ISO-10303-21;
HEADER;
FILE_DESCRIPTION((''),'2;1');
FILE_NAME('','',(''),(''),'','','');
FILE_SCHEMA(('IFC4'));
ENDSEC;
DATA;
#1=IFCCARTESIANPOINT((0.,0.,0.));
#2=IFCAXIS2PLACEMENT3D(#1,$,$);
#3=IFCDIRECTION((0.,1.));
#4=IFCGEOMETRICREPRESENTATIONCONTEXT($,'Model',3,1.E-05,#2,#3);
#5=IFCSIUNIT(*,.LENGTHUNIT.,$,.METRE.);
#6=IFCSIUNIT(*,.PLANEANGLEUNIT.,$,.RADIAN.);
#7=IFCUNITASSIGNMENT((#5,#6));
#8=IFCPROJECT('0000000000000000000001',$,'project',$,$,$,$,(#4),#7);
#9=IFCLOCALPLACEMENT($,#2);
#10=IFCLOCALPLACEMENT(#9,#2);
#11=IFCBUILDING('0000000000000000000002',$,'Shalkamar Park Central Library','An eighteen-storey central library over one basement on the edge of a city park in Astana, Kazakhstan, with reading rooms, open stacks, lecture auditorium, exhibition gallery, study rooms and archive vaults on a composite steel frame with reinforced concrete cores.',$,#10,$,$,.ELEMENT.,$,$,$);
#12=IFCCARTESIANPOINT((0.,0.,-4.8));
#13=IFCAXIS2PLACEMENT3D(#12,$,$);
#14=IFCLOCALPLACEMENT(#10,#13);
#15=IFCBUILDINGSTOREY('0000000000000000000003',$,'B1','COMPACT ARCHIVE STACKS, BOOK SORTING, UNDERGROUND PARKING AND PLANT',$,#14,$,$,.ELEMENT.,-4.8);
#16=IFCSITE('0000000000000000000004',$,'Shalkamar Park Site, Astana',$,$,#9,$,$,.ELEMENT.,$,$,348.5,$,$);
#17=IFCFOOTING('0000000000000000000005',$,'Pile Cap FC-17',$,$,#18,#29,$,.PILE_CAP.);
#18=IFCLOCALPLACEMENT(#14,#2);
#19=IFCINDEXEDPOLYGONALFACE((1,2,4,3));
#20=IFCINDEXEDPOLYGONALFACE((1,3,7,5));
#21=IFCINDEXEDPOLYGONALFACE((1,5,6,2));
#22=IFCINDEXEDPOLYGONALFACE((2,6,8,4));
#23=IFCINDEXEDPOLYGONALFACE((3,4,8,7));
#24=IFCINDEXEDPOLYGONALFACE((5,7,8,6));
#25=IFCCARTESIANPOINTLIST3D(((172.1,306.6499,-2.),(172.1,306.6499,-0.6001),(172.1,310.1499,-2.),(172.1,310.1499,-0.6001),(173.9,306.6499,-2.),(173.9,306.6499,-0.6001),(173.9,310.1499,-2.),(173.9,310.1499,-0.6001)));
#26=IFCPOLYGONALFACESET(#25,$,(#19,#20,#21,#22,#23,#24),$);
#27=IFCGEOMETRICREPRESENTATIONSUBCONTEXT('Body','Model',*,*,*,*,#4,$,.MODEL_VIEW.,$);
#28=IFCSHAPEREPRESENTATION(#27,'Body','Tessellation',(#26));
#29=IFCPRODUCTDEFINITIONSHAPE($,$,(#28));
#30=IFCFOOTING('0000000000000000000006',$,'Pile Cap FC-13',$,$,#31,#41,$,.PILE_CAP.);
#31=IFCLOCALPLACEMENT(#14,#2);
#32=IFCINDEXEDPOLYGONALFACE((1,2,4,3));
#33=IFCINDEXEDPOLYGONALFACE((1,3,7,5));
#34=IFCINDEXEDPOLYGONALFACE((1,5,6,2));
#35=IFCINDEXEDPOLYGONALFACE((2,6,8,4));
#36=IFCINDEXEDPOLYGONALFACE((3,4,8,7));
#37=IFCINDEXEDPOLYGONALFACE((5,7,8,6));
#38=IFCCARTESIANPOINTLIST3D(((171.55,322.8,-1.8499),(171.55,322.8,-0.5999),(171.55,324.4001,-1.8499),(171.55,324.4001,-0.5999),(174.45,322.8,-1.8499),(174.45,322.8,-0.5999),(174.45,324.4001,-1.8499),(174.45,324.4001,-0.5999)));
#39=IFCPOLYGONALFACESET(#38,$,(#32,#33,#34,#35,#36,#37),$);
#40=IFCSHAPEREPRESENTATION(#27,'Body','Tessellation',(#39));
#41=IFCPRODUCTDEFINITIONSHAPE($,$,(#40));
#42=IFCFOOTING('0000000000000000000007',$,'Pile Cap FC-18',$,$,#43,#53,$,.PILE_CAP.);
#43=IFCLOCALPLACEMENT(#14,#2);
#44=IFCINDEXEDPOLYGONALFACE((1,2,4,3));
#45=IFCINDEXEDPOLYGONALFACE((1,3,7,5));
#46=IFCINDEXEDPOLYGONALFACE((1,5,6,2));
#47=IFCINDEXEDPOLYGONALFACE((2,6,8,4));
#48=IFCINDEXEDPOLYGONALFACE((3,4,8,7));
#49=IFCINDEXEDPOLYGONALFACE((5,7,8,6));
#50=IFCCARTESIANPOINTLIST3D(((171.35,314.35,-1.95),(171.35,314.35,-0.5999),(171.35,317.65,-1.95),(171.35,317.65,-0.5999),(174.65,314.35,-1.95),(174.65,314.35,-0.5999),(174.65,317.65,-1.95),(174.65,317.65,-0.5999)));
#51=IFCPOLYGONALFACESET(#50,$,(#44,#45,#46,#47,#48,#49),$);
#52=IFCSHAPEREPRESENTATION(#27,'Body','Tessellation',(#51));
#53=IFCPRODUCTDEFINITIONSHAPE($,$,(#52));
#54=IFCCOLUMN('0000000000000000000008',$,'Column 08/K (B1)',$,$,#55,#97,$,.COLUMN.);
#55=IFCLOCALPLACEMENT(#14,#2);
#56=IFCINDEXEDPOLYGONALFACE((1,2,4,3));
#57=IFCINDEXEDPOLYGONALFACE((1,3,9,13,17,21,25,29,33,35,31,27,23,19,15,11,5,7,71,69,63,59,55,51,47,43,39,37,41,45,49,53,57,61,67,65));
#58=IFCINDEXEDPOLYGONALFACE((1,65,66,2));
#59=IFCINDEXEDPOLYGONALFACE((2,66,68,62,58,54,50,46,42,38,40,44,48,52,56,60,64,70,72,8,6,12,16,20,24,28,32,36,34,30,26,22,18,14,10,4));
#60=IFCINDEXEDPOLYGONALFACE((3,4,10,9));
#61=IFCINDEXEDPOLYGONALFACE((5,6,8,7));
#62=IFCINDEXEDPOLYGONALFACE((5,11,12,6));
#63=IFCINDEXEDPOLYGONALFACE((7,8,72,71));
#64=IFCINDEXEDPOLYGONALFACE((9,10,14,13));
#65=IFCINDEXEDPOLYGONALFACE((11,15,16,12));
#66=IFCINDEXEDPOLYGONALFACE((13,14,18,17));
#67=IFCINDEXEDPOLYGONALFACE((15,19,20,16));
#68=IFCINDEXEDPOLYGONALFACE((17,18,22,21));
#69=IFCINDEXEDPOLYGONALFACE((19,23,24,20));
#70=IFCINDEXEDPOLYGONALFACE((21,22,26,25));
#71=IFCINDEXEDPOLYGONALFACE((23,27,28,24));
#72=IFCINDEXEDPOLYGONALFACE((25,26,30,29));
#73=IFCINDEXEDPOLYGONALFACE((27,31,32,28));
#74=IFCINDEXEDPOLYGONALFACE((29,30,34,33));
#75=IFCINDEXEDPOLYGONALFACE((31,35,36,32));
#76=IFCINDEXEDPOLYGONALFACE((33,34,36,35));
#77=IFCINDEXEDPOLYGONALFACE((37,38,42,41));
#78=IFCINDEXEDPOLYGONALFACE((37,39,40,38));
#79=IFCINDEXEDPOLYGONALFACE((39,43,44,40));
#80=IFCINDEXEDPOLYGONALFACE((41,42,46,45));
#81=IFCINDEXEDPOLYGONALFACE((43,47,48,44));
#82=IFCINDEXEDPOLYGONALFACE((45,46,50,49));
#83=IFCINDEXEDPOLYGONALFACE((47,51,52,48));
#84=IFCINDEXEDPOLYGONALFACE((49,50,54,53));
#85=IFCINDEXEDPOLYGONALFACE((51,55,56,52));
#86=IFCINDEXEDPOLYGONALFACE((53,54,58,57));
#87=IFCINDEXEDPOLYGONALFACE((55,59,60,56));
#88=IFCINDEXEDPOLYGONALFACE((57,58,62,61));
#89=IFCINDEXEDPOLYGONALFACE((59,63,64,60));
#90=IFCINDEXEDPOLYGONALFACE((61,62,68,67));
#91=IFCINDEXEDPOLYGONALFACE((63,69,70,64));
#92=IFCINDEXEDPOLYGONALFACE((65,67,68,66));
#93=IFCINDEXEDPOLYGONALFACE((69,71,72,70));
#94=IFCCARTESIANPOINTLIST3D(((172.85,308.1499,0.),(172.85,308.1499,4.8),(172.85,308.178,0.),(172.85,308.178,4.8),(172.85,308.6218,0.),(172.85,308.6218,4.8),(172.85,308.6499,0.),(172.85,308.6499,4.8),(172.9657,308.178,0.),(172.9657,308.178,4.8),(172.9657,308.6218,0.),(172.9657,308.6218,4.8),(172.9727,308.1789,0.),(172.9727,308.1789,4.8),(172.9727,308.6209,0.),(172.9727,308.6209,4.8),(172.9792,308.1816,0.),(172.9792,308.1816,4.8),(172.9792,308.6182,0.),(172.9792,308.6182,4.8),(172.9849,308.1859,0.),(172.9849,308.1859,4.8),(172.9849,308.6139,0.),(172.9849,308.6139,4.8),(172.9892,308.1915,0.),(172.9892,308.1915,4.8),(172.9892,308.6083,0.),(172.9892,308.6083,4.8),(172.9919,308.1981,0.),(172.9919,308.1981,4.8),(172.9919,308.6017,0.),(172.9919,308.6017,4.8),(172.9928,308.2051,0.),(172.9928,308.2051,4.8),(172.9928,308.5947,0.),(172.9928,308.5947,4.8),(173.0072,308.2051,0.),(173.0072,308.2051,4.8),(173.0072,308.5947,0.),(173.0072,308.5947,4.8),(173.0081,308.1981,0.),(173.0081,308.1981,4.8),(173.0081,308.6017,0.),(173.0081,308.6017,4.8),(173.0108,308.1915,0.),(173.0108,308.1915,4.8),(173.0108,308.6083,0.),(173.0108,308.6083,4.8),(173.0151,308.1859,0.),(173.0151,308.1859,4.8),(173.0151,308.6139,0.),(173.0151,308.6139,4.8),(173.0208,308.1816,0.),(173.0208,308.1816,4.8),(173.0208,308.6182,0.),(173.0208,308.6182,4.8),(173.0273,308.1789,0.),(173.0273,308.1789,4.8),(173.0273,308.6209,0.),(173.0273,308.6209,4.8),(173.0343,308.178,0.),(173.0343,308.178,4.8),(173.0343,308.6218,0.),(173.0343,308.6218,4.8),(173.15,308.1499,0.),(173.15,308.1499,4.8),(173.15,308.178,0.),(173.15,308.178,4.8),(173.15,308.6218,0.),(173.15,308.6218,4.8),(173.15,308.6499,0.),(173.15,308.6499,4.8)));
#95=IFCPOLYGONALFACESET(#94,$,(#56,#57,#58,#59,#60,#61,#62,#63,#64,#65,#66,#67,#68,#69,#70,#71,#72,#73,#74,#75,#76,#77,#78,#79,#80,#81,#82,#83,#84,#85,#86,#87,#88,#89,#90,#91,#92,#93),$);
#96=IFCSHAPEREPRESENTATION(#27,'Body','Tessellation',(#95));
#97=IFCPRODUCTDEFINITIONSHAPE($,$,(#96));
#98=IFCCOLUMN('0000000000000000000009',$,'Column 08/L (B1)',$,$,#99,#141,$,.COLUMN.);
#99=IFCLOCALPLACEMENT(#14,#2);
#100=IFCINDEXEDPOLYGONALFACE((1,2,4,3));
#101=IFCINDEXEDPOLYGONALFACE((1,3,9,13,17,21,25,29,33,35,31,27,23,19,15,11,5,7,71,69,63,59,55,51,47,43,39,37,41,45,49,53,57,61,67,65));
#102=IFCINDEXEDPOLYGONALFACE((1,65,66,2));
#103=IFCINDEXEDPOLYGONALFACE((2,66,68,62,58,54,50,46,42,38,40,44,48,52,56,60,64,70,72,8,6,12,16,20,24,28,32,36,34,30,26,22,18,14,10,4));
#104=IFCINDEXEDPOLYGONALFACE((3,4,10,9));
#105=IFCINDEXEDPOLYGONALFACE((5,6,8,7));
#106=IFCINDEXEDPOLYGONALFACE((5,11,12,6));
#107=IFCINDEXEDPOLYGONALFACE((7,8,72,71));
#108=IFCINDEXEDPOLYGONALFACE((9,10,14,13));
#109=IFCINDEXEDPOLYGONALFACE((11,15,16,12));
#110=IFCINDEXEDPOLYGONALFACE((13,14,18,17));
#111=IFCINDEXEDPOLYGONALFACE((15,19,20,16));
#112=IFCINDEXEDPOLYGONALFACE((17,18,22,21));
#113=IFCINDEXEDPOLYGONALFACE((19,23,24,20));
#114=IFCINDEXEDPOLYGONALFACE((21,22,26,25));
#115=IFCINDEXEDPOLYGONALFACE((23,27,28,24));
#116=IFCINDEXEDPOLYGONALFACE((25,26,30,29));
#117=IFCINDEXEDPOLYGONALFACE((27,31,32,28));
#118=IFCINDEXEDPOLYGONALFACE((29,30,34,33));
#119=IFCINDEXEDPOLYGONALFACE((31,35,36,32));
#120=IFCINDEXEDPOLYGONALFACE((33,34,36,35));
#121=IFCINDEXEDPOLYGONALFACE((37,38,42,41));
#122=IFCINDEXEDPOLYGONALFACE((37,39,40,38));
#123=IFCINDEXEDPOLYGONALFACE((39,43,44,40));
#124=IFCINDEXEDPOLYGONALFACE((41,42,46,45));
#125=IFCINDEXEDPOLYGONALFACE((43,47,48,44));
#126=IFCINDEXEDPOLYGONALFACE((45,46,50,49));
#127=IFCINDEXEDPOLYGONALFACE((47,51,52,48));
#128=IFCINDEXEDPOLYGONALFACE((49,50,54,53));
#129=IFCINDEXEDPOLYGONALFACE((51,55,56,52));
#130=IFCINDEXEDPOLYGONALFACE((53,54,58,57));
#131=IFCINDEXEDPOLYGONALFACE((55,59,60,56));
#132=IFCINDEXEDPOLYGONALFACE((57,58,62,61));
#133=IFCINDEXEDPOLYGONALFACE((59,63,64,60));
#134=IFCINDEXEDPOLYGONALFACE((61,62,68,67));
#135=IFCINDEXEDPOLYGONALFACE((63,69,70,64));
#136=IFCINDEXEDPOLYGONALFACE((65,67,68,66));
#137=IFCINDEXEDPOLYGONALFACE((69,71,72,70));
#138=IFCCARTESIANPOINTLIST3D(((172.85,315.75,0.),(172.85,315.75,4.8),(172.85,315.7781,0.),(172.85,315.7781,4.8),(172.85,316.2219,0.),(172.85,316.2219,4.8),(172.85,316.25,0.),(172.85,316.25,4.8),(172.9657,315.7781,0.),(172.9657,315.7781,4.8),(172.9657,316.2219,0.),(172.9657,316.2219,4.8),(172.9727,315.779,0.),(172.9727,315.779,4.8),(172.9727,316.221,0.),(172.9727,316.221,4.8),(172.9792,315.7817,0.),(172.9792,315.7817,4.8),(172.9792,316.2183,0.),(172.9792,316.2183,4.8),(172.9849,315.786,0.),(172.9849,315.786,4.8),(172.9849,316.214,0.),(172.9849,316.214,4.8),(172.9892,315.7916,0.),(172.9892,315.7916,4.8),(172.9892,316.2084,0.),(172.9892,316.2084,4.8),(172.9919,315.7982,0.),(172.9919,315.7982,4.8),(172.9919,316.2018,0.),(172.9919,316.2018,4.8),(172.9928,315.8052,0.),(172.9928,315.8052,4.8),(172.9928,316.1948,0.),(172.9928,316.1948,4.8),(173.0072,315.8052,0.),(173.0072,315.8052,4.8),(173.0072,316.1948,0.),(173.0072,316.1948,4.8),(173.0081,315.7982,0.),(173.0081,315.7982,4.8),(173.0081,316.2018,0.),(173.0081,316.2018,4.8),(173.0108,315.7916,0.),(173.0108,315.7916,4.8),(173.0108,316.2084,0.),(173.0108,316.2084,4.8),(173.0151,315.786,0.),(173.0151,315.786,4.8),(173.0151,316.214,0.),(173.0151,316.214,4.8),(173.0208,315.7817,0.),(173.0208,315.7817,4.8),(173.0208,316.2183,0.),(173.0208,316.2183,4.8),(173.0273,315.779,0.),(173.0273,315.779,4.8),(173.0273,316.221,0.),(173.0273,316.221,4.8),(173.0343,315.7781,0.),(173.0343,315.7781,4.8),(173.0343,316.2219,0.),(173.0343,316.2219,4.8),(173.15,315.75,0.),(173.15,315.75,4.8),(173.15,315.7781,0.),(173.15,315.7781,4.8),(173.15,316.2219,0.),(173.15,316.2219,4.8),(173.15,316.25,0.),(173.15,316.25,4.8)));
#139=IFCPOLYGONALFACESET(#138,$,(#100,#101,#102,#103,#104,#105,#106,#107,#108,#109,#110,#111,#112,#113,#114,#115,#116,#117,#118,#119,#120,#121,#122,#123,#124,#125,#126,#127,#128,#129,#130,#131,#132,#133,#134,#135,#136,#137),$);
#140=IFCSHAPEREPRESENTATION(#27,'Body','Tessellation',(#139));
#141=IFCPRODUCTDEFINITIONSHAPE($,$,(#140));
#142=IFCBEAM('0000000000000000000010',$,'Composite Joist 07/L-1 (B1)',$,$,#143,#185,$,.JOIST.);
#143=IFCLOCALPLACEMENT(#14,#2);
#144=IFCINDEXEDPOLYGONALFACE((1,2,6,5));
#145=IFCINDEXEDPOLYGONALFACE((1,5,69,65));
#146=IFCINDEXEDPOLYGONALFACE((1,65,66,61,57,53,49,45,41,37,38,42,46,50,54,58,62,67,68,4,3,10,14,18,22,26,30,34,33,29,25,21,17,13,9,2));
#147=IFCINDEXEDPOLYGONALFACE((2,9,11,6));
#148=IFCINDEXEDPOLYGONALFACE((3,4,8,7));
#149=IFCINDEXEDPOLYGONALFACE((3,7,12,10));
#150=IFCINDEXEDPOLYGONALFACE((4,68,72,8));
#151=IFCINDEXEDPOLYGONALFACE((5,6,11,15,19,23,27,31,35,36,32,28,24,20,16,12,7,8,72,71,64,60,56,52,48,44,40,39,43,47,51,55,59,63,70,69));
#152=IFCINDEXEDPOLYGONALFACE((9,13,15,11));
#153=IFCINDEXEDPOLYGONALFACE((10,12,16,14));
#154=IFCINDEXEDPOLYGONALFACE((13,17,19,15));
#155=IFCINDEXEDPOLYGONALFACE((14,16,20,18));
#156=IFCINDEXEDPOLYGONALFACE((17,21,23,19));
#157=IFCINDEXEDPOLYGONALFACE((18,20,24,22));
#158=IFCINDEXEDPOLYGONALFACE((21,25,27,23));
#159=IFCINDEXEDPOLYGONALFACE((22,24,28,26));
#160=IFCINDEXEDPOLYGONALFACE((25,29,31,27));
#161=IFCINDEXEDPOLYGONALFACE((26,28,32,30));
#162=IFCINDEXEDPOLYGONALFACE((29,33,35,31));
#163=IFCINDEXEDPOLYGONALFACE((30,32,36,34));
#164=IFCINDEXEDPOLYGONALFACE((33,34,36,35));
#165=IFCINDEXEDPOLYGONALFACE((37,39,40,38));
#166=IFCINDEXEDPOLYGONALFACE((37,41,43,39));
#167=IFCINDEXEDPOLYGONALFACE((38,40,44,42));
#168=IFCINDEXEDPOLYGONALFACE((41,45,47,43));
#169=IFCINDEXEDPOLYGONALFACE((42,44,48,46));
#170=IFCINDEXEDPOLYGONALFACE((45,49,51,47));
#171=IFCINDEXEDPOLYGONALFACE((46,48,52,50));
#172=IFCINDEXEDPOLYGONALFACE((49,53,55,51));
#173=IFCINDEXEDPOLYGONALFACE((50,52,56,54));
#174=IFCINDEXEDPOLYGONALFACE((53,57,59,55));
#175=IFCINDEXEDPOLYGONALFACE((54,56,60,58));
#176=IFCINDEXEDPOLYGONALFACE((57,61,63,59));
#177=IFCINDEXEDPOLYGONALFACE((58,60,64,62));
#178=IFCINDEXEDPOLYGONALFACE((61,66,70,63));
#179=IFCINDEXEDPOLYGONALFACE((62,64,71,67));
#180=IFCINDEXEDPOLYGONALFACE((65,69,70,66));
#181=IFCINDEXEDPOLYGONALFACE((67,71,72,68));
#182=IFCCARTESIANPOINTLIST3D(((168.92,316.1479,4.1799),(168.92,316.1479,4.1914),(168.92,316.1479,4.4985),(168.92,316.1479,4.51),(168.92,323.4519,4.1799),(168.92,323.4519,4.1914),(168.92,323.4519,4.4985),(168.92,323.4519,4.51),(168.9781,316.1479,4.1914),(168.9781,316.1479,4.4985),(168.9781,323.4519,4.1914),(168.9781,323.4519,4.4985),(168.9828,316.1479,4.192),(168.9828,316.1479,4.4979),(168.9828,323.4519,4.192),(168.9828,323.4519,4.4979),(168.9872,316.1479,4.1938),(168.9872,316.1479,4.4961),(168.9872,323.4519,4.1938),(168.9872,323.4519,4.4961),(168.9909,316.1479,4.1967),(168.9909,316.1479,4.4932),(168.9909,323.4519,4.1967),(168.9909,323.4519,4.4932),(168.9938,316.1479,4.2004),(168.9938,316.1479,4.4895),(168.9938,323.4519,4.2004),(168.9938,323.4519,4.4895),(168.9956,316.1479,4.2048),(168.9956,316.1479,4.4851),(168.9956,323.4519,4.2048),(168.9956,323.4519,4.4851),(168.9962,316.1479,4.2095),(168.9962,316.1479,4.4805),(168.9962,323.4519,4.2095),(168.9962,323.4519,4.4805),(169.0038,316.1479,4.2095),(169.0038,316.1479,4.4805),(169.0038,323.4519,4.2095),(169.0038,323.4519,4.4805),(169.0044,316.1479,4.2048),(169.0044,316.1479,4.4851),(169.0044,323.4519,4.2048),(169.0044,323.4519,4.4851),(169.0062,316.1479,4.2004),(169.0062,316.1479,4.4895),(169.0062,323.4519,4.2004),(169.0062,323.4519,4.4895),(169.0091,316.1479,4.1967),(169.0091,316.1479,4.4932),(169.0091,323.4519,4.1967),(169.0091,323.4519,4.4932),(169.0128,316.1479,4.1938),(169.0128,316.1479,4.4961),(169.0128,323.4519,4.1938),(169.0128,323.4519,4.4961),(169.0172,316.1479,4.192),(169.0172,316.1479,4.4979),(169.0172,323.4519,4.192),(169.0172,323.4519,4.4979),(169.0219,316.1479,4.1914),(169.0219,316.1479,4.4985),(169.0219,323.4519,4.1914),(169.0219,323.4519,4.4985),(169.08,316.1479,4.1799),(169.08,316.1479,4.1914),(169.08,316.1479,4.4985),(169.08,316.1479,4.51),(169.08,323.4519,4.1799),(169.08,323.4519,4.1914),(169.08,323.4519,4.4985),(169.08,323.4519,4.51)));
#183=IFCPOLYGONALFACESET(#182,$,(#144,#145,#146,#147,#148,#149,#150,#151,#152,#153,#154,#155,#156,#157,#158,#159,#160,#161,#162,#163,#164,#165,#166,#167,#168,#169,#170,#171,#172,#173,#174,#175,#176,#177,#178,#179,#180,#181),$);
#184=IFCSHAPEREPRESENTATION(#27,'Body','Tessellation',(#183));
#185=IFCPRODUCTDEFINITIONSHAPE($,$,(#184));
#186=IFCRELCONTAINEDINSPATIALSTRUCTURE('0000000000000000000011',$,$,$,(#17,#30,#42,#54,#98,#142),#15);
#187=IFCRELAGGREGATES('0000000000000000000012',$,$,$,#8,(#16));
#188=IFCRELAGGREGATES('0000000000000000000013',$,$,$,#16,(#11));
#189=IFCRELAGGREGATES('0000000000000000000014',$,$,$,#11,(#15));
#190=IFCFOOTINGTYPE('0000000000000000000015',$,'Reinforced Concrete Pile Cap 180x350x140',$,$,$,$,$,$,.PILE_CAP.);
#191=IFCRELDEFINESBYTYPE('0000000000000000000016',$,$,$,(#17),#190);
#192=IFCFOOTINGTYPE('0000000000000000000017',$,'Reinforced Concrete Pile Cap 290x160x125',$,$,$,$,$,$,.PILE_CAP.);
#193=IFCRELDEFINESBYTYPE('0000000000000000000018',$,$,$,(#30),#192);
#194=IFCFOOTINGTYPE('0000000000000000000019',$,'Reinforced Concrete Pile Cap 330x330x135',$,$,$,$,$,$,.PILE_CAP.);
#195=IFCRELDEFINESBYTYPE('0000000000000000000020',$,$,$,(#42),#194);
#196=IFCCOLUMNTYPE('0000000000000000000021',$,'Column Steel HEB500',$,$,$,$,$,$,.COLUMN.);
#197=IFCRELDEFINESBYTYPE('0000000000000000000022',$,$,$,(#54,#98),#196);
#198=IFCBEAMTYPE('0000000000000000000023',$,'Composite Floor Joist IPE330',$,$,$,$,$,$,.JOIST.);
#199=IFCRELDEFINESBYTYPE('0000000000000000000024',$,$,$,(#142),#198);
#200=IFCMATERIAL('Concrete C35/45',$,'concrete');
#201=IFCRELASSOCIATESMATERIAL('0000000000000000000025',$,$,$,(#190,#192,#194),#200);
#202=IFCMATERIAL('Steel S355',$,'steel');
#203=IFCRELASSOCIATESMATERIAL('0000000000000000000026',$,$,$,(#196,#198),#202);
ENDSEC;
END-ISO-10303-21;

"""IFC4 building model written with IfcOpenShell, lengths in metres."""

from ifc_helpers import new_model, si_unit, direction, frame, origin, origin_2d, place, context, subcontext, project, spatial, rectangle, i_section, extrude, material, material_profile, profile_set, type_object, element, save


model = new_model("IFC4")

# Units and contexts
model_context = context("Model", 3, precision=1e-05, world=origin(), true_north=direction((0.0, 1.0)))
body_context = subcontext(model_context, "Body", "Model", "MODEL_VIEW")
ifc_project = project(units=[si_unit("LENGTHUNIT", "METRE"), si_unit("PLANEANGLEUNIT", "RADIAN")], contexts=[model_context])

# Site, building, storey
site_placement = place(None, origin())
site = spatial("IfcSite", under=ifc_project, at=site_placement, Name="Shalkamar Park Site, Astana", CompositionType="ELEMENT", RefElevation=348.5)
building_placement = place(site_placement, origin())
building = spatial("IfcBuilding", under=site, at=building_placement, Name="Shalkamar Park Central Library", Description="An eighteen-storey central library over one basement on the edge of a city park in Astana, Kazakhstan, with reading rooms, open stacks, lecture auditorium, exhibition gallery, study rooms and archive vaults on a composite steel frame with reinforced concrete cores.", CompositionType="ELEMENT")
storey_placement = place(building_placement, frame((0.0, 0.0, -4.8)))
storey = spatial("IfcBuildingStorey", under=building, at=storey_placement, Name="B1", Description="COMPACT ARCHIVE STACKS, BOOK SORTING, UNDERGROUND PARKING AND PLANT", CompositionType="ELEMENT", Elevation=-4.8)

# Shared definitions
ifc_material_1 = material(Name="Concrete C35/45", Category="concrete")

# Footings
footing_type_1 = type_object("IfcFootingType", Name="Reinforced Concrete Pile Cap 180x350x140", PredefinedType="PILE_CAP", material=ifc_material_1)
footing_1_placement = place(storey_placement, frame((173.0, 308.3999, -2.0), z_axis=(0.0, 0.0, 1.0), x_axis=(1.0, 0.0, 0.0)))
element("IfcFooting", 1, at=footing_1_placement, inside=storey, type_object=footing_type_1, Name="Pile Cap FC-17", PredefinedType="PILE_CAP", context=body_context, shape_type="SweptSolid", body=[
    extrude(rectangle(XDim=1.8, YDim=3.5, at=origin_2d()), origin(), (0.0, 0.0, 1.0), 1.3999),
])
footing_type_2 = type_object("IfcFootingType", Name="Reinforced Concrete Pile Cap 290x160x125", PredefinedType="PILE_CAP", material=ifc_material_1)
footing_2_placement = place(storey_placement, frame((173.0, 323.6001, -1.8499), z_axis=(0.0, 0.0, 1.0), x_axis=(1.0, 0.0, 0.0)))
element("IfcFooting", 2, at=footing_2_placement, inside=storey, type_object=footing_type_2, Name="Pile Cap FC-13", PredefinedType="PILE_CAP", context=body_context, shape_type="SweptSolid", body=[
    extrude(rectangle(XDim=2.8999, YDim=1.6001, at=origin_2d()), origin(), (0.0, 0.0, 1.0), 1.25),
])
footing_type_3 = type_object("IfcFootingType", Name="Reinforced Concrete Pile Cap 330x330x135", PredefinedType="PILE_CAP", material=ifc_material_1)
footing_3_placement = place(storey_placement, frame((173.0, 316.0, -1.95), z_axis=(0.0, 0.0, 1.0), x_axis=(1.0, 0.0, 0.0)))
element("IfcFooting", 3, at=footing_3_placement, inside=storey, type_object=footing_type_3, Name="Pile Cap FC-18", PredefinedType="PILE_CAP", context=body_context, shape_type="SweptSolid", body=[
    extrude(rectangle(XDim=3.3, YDim=3.3, at=origin_2d()), origin(), (0.0, 0.0, 1.0), 1.3501),
])

# Columns
ifc_material_2 = material(Name="Steel S355", Category="steel")
ifc_material_profile_1 = material_profile(ifc_material_2, i_section(OverallWidth=0.3, OverallDepth=0.5, WebThickness=0.0144, FlangeThickness=0.0281, FilletRadius=0.0271, at=origin_2d()), Name="HEB 500")
ifc_profile_set_1 = profile_set([ifc_material_profile_1], Name="Steel S355")
column_type = type_object("IfcColumnType", Name="Column Steel HEB500", PredefinedType="COLUMN", material=ifc_profile_set_1)
for number, where, z_axis, x_axis, name in (
    (4, (173.0, 308.3999, 0.0), (0.0, 0.0, 1.0), (1.0, 0.0, 0.0), "Column 08/K (B1)"),
    (5, (173.0, 316.0, 0.0), (0.0, 0.0, 1.0), (1.0, 0.0, 0.0), "Column 08/L (B1)"),
):
    element("IfcColumn", number, at=place(storey_placement, frame(where, z_axis=z_axis, x_axis=x_axis)), inside=storey, type_object=column_type, Name=name, PredefinedType="COLUMN", context=body_context, shape_type="SweptSolid", body=[
        extrude(i_section(OverallWidth=0.3, OverallDepth=0.5, WebThickness=0.0144, FlangeThickness=0.0281, FilletRadius=0.0271, at=origin_2d()), origin(), (0.0, 0.0, 1.0), 4.8),
    ])

# Beam
ifc_material_profile_2 = material_profile(ifc_material_2, i_section(OverallWidth=0.1599, OverallDepth=0.3301, WebThickness=0.0076, FlangeThickness=0.0115, FilletRadius=0.0181, at=origin_2d()), Name="IPE 330")
ifc_profile_set_2 = profile_set([ifc_material_profile_2], Name="Steel S355")
beam_type_1 = type_object("IfcBeamType", Name="Composite Floor Joist IPE330", PredefinedType="JOIST", material=ifc_profile_set_2)
for number, where, z_axis, x_axis, name in (
    (6, (169.0, 316.1479, 4.345), (0.0, 1.0, 0.0), (-1.0, 0.0, 0.0), "Composite Joist 07/L-1 (B1)"),
):
    element("IfcBeam", number, at=place(storey_placement, frame(where, z_axis=z_axis, x_axis=x_axis)), inside=storey, type_object=beam_type_1, Name=name, PredefinedType="JOIST", context=body_context, shape_type="SweptSolid", body=[
        extrude(i_section(OverallWidth=0.1599, OverallDepth=0.3301, WebThickness=0.0076, FlangeThickness=0.0115, FilletRadius=0.0181, at=origin_2d()), origin(), (0.0, 0.0, 1.0), 7.304),
    ])

save(model, "model.ifc")
